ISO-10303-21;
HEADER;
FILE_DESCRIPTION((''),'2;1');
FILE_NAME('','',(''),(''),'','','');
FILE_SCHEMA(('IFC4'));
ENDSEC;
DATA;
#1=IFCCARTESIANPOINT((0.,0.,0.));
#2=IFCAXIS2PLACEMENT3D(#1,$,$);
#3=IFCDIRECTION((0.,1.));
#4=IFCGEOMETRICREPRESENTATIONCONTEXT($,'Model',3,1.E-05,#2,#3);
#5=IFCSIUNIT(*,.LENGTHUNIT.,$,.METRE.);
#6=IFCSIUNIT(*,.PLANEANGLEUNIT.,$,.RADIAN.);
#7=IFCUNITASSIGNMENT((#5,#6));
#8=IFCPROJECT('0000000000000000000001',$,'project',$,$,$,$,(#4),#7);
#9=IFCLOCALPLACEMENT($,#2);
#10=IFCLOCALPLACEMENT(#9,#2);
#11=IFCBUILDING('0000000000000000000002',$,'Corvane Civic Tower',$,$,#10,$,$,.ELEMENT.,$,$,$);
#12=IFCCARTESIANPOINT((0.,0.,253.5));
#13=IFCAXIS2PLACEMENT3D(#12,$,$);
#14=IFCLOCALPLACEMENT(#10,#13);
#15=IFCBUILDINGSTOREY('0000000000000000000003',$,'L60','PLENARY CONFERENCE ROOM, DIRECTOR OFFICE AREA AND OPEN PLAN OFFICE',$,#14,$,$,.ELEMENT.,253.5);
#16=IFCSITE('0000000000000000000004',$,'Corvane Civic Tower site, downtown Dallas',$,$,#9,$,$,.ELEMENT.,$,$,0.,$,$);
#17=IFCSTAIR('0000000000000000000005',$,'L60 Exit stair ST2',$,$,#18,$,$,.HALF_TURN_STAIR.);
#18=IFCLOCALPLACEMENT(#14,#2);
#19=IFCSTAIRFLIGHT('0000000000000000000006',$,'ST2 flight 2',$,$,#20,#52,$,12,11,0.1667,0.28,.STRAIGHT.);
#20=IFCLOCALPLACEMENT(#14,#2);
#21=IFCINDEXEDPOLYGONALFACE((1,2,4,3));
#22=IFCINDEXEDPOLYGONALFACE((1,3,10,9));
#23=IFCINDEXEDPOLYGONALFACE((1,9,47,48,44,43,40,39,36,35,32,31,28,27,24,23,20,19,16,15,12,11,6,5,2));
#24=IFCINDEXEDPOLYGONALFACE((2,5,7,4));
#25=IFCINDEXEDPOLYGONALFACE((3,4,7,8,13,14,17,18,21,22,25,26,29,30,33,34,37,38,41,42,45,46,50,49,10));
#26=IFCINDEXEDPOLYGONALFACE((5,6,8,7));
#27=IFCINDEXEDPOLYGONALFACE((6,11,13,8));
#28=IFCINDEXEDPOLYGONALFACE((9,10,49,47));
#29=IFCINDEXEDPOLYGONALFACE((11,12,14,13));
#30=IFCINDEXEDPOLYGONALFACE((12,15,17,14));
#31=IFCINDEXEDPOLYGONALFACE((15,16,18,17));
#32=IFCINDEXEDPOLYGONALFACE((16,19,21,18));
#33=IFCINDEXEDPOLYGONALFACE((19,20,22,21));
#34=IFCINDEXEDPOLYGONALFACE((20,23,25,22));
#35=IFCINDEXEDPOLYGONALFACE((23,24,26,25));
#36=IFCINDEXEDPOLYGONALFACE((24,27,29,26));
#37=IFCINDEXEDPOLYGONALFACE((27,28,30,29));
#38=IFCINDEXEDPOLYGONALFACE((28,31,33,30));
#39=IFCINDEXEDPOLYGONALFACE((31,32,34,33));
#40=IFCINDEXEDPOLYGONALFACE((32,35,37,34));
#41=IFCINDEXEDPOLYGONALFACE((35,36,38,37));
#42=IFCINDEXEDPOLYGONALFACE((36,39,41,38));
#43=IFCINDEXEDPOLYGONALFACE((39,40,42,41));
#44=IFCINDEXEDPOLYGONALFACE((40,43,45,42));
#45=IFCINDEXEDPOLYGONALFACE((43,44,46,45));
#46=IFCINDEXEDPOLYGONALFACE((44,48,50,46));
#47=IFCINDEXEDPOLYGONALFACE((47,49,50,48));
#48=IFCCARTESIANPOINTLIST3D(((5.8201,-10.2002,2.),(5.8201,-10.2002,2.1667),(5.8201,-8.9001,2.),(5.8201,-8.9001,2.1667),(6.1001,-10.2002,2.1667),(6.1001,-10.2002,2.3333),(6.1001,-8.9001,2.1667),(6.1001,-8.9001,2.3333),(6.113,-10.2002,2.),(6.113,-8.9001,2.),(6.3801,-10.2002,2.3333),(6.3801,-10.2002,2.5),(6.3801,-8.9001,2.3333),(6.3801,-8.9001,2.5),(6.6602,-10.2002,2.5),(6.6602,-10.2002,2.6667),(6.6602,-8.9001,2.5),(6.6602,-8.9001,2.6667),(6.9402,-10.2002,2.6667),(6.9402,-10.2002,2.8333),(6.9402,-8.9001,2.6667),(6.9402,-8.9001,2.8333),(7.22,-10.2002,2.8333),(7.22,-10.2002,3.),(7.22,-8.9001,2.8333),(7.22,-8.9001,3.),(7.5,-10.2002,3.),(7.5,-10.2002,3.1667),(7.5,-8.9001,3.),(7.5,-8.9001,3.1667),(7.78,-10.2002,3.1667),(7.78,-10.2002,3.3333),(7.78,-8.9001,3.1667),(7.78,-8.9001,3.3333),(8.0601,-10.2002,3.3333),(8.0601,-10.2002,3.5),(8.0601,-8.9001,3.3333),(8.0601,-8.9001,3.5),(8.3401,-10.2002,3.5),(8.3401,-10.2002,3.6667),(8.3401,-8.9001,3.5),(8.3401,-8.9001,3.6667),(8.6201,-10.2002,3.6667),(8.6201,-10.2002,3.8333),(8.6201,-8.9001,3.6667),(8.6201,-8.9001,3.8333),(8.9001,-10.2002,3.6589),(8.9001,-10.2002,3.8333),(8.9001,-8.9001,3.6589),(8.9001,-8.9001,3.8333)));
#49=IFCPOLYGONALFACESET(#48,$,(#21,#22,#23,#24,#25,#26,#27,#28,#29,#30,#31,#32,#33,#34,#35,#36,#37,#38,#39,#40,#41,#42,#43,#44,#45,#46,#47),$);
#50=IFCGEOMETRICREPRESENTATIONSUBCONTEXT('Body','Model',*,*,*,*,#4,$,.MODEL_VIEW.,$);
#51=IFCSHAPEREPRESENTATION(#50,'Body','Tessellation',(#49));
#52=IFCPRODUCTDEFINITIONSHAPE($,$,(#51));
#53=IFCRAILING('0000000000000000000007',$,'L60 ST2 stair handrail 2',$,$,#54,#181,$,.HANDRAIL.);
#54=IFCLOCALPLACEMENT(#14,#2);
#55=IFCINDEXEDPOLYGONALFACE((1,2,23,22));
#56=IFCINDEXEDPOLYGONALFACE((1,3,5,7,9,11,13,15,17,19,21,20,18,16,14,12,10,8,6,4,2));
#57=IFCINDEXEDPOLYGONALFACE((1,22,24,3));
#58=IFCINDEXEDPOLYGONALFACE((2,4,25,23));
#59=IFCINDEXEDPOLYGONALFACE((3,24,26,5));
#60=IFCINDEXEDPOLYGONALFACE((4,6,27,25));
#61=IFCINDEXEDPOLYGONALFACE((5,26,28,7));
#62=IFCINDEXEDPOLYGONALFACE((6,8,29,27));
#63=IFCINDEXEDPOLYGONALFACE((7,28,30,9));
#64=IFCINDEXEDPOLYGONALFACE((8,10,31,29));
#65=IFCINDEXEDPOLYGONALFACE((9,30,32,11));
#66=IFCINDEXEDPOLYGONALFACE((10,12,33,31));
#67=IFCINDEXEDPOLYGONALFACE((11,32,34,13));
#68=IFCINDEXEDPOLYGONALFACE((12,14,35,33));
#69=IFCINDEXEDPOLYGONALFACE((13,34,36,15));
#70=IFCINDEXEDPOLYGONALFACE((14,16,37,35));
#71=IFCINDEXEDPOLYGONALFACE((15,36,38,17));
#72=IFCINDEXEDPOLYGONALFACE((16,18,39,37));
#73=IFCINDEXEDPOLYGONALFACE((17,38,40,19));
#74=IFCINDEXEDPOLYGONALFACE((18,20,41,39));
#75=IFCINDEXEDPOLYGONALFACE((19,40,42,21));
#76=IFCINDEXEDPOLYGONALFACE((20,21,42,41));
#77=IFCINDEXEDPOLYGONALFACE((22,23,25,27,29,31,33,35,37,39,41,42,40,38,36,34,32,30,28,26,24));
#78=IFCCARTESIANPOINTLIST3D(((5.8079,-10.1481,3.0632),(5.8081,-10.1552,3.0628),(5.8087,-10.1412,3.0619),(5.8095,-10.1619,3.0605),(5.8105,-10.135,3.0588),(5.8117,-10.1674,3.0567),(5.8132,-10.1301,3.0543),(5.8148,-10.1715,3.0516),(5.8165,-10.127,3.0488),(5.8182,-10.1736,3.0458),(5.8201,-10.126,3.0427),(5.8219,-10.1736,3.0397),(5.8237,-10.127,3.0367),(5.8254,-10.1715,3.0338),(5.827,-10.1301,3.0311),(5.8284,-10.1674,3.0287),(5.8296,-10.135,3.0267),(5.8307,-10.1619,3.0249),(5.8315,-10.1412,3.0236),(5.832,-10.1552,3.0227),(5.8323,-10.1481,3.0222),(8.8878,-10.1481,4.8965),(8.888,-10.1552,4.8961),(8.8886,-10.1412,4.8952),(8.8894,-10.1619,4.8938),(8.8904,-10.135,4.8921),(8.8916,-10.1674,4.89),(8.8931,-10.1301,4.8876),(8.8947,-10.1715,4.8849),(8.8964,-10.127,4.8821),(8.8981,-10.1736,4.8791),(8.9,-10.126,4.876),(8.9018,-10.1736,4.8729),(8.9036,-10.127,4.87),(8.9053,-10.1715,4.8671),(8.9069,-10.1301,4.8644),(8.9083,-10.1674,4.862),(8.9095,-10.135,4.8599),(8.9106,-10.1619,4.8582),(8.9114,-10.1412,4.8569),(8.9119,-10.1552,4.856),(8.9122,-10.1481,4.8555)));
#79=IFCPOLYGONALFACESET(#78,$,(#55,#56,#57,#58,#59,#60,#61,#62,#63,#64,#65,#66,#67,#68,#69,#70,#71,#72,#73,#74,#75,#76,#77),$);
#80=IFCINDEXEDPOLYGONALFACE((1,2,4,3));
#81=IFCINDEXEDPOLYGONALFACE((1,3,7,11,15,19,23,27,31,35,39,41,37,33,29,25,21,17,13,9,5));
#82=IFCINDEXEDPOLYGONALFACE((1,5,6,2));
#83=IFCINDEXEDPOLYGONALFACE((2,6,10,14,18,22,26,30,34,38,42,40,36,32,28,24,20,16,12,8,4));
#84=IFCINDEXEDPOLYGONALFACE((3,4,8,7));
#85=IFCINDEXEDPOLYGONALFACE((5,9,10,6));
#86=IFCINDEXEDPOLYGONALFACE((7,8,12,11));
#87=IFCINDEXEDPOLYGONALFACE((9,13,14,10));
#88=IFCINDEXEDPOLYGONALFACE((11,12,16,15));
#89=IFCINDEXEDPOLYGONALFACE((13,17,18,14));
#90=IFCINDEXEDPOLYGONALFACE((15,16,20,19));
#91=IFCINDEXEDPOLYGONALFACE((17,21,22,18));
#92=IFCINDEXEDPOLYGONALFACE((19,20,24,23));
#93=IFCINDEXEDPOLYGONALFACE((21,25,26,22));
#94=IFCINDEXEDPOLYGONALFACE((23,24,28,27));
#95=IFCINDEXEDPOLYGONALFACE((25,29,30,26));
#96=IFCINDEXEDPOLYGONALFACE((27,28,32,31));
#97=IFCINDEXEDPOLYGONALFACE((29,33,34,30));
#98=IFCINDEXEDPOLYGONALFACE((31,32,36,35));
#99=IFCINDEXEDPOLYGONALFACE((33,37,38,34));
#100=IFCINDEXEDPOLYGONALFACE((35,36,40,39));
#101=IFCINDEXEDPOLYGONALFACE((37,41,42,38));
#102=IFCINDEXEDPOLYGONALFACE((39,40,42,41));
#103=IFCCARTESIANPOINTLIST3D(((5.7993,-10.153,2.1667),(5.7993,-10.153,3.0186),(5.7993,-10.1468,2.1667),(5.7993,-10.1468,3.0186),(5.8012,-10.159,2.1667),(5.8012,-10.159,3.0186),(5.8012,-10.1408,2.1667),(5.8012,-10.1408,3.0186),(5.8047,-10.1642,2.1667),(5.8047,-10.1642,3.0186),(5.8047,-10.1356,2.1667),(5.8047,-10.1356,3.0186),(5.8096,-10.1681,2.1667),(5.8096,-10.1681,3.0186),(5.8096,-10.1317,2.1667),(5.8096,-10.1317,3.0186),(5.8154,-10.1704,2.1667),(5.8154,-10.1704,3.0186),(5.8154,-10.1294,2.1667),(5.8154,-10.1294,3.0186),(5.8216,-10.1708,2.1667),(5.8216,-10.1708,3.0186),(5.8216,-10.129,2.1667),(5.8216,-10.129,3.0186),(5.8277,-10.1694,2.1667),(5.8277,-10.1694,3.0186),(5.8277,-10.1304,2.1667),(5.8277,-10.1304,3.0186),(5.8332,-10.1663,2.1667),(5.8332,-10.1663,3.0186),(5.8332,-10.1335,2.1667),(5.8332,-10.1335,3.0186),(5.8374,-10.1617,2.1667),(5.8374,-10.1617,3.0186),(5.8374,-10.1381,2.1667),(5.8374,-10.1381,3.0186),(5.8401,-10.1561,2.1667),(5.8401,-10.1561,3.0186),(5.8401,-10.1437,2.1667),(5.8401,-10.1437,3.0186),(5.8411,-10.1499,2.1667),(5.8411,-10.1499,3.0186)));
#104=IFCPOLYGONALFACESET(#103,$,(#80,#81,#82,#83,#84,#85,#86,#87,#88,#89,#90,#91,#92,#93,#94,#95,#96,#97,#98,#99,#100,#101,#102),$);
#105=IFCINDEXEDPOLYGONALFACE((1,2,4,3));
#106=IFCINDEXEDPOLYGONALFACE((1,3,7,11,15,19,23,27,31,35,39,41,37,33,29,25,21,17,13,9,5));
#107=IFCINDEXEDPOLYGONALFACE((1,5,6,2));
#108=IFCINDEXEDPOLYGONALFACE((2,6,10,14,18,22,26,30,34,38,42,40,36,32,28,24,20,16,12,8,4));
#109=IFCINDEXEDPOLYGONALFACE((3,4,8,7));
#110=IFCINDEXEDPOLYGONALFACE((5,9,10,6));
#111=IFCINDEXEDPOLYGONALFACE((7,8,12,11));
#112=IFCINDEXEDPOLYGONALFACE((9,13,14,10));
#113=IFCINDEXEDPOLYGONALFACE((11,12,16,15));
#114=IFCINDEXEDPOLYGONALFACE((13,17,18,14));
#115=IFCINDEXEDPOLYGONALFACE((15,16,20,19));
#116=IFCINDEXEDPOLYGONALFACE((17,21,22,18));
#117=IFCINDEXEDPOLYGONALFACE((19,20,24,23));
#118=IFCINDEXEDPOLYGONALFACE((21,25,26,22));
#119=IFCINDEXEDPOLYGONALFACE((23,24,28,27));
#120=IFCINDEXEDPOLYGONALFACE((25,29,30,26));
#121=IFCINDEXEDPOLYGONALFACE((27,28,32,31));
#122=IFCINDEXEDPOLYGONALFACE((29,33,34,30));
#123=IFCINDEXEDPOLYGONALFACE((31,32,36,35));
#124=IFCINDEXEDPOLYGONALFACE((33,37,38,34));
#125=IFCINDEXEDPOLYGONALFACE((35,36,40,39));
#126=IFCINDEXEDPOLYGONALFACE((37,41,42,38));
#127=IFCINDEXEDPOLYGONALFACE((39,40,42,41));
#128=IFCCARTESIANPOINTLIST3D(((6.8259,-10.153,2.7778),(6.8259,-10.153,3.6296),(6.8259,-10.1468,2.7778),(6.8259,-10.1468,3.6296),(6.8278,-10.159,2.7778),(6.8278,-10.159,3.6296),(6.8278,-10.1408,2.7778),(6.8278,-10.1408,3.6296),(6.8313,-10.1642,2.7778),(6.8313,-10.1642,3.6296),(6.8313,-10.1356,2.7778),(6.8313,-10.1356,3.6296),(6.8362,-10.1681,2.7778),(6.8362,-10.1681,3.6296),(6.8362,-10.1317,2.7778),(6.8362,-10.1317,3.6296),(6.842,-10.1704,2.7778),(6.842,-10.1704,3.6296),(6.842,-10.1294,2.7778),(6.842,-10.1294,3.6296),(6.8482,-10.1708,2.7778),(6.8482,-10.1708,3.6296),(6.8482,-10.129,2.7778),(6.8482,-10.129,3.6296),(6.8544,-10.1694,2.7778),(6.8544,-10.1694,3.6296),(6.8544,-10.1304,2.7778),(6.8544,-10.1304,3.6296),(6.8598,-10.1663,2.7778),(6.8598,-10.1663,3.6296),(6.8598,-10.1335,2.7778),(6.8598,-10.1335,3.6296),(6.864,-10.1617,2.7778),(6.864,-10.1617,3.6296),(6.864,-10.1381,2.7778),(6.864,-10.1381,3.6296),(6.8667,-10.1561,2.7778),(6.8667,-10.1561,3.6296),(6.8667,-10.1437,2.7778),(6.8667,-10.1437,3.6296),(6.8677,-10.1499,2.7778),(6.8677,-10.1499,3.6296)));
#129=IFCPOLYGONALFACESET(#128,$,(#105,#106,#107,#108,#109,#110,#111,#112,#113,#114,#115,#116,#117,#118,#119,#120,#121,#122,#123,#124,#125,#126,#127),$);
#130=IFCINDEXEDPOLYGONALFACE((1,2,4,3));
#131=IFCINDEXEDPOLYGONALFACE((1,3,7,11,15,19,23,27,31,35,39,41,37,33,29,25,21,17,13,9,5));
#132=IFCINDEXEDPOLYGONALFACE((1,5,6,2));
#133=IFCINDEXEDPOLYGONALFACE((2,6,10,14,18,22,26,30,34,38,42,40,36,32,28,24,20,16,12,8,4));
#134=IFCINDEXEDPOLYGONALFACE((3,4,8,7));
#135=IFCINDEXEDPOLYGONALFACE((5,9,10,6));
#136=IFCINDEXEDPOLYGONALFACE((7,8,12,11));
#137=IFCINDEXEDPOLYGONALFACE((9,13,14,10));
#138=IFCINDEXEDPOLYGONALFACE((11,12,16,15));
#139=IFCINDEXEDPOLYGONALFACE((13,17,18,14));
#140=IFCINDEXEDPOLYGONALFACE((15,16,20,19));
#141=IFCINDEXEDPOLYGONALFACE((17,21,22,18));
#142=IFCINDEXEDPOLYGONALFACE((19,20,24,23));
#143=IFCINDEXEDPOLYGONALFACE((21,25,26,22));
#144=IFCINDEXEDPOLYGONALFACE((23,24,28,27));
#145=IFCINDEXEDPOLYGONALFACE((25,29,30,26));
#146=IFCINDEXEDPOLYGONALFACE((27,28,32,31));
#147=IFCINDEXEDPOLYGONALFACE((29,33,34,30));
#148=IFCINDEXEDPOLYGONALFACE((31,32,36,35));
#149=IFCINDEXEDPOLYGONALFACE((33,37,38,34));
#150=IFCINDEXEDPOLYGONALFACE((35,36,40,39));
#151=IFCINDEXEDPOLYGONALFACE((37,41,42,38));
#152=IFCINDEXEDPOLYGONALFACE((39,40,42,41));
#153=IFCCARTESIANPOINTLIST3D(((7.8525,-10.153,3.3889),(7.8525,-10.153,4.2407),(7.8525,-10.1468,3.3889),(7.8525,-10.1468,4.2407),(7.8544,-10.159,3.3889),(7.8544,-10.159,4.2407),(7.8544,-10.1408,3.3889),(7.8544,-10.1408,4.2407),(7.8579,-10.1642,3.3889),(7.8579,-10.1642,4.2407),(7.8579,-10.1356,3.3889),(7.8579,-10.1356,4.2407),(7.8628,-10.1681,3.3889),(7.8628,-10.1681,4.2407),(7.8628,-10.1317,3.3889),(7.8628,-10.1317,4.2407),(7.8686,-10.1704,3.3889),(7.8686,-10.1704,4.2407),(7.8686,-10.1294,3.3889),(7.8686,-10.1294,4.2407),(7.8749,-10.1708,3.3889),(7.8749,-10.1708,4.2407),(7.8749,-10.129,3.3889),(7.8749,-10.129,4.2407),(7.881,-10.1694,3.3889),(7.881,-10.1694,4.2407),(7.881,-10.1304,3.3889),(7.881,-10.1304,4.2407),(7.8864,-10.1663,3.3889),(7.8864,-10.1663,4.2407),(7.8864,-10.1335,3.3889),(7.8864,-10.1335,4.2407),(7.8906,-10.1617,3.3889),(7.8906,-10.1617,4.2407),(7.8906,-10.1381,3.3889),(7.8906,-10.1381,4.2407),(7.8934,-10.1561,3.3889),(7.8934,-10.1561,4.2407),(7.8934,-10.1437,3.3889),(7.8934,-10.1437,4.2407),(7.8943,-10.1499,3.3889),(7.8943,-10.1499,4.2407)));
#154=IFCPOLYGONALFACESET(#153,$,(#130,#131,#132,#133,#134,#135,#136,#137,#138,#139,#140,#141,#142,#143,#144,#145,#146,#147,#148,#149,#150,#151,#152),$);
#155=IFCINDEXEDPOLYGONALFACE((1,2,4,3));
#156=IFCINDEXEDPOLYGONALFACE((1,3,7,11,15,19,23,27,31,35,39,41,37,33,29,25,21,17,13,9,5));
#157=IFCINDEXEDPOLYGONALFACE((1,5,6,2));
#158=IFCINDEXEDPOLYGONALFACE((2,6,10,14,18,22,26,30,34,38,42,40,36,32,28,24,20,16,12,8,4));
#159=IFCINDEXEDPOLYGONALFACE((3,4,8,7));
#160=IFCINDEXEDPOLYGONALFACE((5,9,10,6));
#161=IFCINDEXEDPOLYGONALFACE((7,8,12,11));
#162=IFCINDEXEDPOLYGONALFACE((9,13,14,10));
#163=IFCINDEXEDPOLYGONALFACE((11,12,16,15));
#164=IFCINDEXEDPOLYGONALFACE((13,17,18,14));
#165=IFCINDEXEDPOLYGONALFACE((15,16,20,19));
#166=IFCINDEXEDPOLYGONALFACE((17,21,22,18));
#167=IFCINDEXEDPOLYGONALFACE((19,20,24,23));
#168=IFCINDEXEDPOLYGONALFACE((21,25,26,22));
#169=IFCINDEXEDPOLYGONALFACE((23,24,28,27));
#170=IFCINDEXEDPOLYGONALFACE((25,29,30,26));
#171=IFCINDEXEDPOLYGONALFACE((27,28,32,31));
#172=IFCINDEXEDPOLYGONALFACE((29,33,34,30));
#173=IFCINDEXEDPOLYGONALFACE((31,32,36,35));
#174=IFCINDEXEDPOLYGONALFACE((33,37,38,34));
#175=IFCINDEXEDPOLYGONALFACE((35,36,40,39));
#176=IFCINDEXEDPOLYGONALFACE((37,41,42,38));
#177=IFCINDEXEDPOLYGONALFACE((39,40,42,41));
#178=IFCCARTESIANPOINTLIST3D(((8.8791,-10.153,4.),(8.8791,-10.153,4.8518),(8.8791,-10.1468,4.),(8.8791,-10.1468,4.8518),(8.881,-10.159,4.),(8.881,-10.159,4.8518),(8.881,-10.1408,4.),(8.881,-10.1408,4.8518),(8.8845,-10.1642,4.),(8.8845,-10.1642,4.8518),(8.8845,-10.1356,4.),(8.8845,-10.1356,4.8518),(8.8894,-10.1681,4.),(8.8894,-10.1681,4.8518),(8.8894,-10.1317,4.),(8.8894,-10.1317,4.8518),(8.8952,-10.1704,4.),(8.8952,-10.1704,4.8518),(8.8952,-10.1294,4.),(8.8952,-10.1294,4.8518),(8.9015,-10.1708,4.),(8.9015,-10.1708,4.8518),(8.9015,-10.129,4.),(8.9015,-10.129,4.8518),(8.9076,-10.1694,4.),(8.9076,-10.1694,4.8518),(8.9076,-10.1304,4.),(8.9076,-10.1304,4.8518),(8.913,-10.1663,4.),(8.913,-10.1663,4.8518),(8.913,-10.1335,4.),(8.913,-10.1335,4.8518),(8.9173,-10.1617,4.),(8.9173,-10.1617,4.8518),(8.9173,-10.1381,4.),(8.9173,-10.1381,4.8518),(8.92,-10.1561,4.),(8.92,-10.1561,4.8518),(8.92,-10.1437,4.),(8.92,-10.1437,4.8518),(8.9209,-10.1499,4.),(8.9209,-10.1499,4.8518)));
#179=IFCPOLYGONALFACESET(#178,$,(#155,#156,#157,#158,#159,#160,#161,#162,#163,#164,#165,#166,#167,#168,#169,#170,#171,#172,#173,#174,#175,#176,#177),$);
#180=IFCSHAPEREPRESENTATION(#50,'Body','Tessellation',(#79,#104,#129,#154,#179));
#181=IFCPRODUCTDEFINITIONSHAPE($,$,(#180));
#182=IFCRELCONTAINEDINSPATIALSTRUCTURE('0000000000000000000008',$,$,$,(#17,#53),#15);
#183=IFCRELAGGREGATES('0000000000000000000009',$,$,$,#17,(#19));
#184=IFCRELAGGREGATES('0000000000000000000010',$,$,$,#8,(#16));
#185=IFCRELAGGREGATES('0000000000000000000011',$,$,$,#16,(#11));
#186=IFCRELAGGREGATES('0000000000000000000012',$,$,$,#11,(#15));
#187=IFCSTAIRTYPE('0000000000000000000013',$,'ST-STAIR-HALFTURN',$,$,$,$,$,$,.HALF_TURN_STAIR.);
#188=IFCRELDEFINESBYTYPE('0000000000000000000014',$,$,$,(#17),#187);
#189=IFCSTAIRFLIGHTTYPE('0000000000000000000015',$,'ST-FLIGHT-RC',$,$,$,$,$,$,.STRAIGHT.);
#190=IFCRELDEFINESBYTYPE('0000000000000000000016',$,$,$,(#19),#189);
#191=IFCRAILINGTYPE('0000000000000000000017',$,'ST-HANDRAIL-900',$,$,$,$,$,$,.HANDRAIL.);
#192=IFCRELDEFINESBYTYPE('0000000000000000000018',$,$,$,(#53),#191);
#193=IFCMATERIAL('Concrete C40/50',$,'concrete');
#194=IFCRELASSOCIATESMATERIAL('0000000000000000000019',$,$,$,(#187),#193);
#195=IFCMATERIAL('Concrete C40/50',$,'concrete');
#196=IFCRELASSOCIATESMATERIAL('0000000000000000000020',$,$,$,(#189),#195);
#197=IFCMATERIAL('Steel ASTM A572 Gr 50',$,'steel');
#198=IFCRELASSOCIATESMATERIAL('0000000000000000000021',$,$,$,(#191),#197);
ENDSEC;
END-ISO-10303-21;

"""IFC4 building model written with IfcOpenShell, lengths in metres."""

from ifc_helpers import new_model, si_unit, direction, frame, origin, origin_2d, place, context, subcontext, project, spatial, polyline, circle, outline, extrude, material, type_object, element, aggregate, save


model = new_model("IFC4")

# Units and contexts
model_context = context("Model", 3, precision=1e-05, world=origin(), true_north=direction((0.0, 1.0)))
body_context = subcontext(model_context, "Body", "Model", "MODEL_VIEW")
ifc_project = project(units=[si_unit("LENGTHUNIT", "METRE"), si_unit("PLANEANGLEUNIT", "RADIAN")], contexts=[model_context])

# Site, building, storey
site_placement = place(None, origin())
site = spatial("IfcSite", under=ifc_project, at=site_placement, Name="Corvane Civic Tower site, downtown Dallas", CompositionType="ELEMENT", RefElevation=0.0)
building_placement = place(site_placement, origin())
building = spatial("IfcBuilding", under=site, at=building_placement, Name="Corvane Civic Tower", CompositionType="ELEMENT")
storey_placement = place(building_placement, frame((0.0, 0.0, 253.5)))
storey = spatial("IfcBuildingStorey", under=building, at=storey_placement, Name="L60", Description="PLENARY CONFERENCE ROOM, DIRECTOR OFFICE AREA AND OPEN PLAN OFFICE", CompositionType="ELEMENT", Elevation=253.5)

# Stair, stair flight
ifc_material_1 = material(Name="Concrete C40/50", Category="concrete")
stair_type = type_object("IfcStairType", Name="ST-STAIR-HALFTURN", PredefinedType="HALF_TURN_STAIR", material=ifc_material_1)
stair_placement = place(storey_placement, origin())
stair = element("IfcStair", 1, at=stair_placement, inside=storey, type_object=stair_type, Name="L60 Exit stair ST2", PredefinedType="HALF_TURN_STAIR")
ifc_material_2 = material(Name="Concrete C40/50", Category="concrete")
stair_flight_type = type_object("IfcStairFlightType", Name="ST-FLIGHT-RC", PredefinedType="STRAIGHT", material=ifc_material_2)
stair_flight_placement = place(storey_placement, frame((5.8201, -9.55, 2.0), z_axis=(0.0, 0.0, 1.0), x_axis=(1.0, 0.0, 0.0)))
stair_flight = element("IfcStairFlight", 2, at=stair_flight_placement, type_object=stair_flight_type, Name="ST2 flight 2", NumberOfRisers=12, NumberOfTreads=11, PredefinedType="STRAIGHT", RiserHeight=0.1667, TreadLength=0.28, context=body_context, shape_type="SweptSolid", body=[
    extrude(outline(polyline([(0.0, 0.0), (0.0, 0.1667), (0.28, 0.1667), (0.28, 0.3333), (0.5601, 0.3333), (0.5601, 0.5), (0.8401, 0.5), (0.8401, 0.6667), (1.1201, 0.6667), (1.1201, 0.8333), (1.3999, 0.8333), (1.3999, 1.0), (1.6799, 1.0), (1.6799, 1.1667), (1.96, 1.1667), (1.96, 1.3333), (2.24, 1.3333), (2.24, 1.5), (2.52, 1.5), (2.52, 1.6667), (2.8, 1.6667), (2.8, 1.8333), (3.0801, 1.8333), (3.0801, 2.0), (3.0801, 1.6589), (0.293, 0.0), (0.0, 0.0)])), frame((0.0, 0.6499, 0.0), z_axis=(0.0, -1.0, 0.0), x_axis=(1.0, 0.0, 0.0)), (0.0, 0.0, 1.0), 1.3),
])
aggregate(stair, [stair_flight])

# Railing
ifc_material_3 = material(Name="Steel ASTM A572 Gr 50", Category="steel")
railing_type_1 = type_object("IfcRailingType", Name="ST-HANDRAIL-900", PredefinedType="HANDRAIL", material=ifc_material_3)
railing_1_placement = place(storey_placement, frame((5.8201, -10.1499, 2.1667)))
element("IfcRailing", 3, at=railing_1_placement, inside=storey, type_object=railing_type_1, Name="L60 ST2 stair handrail 2", PredefinedType="HANDRAIL", context=body_context, shape_type="SweptSolid", body=[
    extrude(circle(Radius=0.0239, at=origin_2d()), frame((0.0, 0.0, 0.876), z_axis=(0.859291, 0.0, 0.511487), x_axis=(0.0, 1.0, 0.0)), (0.0, 0.0, 1.0), 3.5842),
    extrude(circle(Radius=0.021, at=origin_2d()), origin(), (0.0, 0.0, 1.0), 0.8518),
    extrude(circle(Radius=0.021, at=origin_2d()), frame((1.0266, 0.0, 0.6111)), (0.0, 0.0, 1.0), 0.8518),
    extrude(circle(Radius=0.021, at=origin_2d()), frame((2.0532, 0.0, 1.2222)), (0.0, 0.0, 1.0), 0.8518),
    extrude(circle(Radius=0.021, at=origin_2d()), frame((3.0798, 0.0, 1.8333)), (0.0, 0.0, 1.0), 0.8518),
])

save(model, "model.ifc")
